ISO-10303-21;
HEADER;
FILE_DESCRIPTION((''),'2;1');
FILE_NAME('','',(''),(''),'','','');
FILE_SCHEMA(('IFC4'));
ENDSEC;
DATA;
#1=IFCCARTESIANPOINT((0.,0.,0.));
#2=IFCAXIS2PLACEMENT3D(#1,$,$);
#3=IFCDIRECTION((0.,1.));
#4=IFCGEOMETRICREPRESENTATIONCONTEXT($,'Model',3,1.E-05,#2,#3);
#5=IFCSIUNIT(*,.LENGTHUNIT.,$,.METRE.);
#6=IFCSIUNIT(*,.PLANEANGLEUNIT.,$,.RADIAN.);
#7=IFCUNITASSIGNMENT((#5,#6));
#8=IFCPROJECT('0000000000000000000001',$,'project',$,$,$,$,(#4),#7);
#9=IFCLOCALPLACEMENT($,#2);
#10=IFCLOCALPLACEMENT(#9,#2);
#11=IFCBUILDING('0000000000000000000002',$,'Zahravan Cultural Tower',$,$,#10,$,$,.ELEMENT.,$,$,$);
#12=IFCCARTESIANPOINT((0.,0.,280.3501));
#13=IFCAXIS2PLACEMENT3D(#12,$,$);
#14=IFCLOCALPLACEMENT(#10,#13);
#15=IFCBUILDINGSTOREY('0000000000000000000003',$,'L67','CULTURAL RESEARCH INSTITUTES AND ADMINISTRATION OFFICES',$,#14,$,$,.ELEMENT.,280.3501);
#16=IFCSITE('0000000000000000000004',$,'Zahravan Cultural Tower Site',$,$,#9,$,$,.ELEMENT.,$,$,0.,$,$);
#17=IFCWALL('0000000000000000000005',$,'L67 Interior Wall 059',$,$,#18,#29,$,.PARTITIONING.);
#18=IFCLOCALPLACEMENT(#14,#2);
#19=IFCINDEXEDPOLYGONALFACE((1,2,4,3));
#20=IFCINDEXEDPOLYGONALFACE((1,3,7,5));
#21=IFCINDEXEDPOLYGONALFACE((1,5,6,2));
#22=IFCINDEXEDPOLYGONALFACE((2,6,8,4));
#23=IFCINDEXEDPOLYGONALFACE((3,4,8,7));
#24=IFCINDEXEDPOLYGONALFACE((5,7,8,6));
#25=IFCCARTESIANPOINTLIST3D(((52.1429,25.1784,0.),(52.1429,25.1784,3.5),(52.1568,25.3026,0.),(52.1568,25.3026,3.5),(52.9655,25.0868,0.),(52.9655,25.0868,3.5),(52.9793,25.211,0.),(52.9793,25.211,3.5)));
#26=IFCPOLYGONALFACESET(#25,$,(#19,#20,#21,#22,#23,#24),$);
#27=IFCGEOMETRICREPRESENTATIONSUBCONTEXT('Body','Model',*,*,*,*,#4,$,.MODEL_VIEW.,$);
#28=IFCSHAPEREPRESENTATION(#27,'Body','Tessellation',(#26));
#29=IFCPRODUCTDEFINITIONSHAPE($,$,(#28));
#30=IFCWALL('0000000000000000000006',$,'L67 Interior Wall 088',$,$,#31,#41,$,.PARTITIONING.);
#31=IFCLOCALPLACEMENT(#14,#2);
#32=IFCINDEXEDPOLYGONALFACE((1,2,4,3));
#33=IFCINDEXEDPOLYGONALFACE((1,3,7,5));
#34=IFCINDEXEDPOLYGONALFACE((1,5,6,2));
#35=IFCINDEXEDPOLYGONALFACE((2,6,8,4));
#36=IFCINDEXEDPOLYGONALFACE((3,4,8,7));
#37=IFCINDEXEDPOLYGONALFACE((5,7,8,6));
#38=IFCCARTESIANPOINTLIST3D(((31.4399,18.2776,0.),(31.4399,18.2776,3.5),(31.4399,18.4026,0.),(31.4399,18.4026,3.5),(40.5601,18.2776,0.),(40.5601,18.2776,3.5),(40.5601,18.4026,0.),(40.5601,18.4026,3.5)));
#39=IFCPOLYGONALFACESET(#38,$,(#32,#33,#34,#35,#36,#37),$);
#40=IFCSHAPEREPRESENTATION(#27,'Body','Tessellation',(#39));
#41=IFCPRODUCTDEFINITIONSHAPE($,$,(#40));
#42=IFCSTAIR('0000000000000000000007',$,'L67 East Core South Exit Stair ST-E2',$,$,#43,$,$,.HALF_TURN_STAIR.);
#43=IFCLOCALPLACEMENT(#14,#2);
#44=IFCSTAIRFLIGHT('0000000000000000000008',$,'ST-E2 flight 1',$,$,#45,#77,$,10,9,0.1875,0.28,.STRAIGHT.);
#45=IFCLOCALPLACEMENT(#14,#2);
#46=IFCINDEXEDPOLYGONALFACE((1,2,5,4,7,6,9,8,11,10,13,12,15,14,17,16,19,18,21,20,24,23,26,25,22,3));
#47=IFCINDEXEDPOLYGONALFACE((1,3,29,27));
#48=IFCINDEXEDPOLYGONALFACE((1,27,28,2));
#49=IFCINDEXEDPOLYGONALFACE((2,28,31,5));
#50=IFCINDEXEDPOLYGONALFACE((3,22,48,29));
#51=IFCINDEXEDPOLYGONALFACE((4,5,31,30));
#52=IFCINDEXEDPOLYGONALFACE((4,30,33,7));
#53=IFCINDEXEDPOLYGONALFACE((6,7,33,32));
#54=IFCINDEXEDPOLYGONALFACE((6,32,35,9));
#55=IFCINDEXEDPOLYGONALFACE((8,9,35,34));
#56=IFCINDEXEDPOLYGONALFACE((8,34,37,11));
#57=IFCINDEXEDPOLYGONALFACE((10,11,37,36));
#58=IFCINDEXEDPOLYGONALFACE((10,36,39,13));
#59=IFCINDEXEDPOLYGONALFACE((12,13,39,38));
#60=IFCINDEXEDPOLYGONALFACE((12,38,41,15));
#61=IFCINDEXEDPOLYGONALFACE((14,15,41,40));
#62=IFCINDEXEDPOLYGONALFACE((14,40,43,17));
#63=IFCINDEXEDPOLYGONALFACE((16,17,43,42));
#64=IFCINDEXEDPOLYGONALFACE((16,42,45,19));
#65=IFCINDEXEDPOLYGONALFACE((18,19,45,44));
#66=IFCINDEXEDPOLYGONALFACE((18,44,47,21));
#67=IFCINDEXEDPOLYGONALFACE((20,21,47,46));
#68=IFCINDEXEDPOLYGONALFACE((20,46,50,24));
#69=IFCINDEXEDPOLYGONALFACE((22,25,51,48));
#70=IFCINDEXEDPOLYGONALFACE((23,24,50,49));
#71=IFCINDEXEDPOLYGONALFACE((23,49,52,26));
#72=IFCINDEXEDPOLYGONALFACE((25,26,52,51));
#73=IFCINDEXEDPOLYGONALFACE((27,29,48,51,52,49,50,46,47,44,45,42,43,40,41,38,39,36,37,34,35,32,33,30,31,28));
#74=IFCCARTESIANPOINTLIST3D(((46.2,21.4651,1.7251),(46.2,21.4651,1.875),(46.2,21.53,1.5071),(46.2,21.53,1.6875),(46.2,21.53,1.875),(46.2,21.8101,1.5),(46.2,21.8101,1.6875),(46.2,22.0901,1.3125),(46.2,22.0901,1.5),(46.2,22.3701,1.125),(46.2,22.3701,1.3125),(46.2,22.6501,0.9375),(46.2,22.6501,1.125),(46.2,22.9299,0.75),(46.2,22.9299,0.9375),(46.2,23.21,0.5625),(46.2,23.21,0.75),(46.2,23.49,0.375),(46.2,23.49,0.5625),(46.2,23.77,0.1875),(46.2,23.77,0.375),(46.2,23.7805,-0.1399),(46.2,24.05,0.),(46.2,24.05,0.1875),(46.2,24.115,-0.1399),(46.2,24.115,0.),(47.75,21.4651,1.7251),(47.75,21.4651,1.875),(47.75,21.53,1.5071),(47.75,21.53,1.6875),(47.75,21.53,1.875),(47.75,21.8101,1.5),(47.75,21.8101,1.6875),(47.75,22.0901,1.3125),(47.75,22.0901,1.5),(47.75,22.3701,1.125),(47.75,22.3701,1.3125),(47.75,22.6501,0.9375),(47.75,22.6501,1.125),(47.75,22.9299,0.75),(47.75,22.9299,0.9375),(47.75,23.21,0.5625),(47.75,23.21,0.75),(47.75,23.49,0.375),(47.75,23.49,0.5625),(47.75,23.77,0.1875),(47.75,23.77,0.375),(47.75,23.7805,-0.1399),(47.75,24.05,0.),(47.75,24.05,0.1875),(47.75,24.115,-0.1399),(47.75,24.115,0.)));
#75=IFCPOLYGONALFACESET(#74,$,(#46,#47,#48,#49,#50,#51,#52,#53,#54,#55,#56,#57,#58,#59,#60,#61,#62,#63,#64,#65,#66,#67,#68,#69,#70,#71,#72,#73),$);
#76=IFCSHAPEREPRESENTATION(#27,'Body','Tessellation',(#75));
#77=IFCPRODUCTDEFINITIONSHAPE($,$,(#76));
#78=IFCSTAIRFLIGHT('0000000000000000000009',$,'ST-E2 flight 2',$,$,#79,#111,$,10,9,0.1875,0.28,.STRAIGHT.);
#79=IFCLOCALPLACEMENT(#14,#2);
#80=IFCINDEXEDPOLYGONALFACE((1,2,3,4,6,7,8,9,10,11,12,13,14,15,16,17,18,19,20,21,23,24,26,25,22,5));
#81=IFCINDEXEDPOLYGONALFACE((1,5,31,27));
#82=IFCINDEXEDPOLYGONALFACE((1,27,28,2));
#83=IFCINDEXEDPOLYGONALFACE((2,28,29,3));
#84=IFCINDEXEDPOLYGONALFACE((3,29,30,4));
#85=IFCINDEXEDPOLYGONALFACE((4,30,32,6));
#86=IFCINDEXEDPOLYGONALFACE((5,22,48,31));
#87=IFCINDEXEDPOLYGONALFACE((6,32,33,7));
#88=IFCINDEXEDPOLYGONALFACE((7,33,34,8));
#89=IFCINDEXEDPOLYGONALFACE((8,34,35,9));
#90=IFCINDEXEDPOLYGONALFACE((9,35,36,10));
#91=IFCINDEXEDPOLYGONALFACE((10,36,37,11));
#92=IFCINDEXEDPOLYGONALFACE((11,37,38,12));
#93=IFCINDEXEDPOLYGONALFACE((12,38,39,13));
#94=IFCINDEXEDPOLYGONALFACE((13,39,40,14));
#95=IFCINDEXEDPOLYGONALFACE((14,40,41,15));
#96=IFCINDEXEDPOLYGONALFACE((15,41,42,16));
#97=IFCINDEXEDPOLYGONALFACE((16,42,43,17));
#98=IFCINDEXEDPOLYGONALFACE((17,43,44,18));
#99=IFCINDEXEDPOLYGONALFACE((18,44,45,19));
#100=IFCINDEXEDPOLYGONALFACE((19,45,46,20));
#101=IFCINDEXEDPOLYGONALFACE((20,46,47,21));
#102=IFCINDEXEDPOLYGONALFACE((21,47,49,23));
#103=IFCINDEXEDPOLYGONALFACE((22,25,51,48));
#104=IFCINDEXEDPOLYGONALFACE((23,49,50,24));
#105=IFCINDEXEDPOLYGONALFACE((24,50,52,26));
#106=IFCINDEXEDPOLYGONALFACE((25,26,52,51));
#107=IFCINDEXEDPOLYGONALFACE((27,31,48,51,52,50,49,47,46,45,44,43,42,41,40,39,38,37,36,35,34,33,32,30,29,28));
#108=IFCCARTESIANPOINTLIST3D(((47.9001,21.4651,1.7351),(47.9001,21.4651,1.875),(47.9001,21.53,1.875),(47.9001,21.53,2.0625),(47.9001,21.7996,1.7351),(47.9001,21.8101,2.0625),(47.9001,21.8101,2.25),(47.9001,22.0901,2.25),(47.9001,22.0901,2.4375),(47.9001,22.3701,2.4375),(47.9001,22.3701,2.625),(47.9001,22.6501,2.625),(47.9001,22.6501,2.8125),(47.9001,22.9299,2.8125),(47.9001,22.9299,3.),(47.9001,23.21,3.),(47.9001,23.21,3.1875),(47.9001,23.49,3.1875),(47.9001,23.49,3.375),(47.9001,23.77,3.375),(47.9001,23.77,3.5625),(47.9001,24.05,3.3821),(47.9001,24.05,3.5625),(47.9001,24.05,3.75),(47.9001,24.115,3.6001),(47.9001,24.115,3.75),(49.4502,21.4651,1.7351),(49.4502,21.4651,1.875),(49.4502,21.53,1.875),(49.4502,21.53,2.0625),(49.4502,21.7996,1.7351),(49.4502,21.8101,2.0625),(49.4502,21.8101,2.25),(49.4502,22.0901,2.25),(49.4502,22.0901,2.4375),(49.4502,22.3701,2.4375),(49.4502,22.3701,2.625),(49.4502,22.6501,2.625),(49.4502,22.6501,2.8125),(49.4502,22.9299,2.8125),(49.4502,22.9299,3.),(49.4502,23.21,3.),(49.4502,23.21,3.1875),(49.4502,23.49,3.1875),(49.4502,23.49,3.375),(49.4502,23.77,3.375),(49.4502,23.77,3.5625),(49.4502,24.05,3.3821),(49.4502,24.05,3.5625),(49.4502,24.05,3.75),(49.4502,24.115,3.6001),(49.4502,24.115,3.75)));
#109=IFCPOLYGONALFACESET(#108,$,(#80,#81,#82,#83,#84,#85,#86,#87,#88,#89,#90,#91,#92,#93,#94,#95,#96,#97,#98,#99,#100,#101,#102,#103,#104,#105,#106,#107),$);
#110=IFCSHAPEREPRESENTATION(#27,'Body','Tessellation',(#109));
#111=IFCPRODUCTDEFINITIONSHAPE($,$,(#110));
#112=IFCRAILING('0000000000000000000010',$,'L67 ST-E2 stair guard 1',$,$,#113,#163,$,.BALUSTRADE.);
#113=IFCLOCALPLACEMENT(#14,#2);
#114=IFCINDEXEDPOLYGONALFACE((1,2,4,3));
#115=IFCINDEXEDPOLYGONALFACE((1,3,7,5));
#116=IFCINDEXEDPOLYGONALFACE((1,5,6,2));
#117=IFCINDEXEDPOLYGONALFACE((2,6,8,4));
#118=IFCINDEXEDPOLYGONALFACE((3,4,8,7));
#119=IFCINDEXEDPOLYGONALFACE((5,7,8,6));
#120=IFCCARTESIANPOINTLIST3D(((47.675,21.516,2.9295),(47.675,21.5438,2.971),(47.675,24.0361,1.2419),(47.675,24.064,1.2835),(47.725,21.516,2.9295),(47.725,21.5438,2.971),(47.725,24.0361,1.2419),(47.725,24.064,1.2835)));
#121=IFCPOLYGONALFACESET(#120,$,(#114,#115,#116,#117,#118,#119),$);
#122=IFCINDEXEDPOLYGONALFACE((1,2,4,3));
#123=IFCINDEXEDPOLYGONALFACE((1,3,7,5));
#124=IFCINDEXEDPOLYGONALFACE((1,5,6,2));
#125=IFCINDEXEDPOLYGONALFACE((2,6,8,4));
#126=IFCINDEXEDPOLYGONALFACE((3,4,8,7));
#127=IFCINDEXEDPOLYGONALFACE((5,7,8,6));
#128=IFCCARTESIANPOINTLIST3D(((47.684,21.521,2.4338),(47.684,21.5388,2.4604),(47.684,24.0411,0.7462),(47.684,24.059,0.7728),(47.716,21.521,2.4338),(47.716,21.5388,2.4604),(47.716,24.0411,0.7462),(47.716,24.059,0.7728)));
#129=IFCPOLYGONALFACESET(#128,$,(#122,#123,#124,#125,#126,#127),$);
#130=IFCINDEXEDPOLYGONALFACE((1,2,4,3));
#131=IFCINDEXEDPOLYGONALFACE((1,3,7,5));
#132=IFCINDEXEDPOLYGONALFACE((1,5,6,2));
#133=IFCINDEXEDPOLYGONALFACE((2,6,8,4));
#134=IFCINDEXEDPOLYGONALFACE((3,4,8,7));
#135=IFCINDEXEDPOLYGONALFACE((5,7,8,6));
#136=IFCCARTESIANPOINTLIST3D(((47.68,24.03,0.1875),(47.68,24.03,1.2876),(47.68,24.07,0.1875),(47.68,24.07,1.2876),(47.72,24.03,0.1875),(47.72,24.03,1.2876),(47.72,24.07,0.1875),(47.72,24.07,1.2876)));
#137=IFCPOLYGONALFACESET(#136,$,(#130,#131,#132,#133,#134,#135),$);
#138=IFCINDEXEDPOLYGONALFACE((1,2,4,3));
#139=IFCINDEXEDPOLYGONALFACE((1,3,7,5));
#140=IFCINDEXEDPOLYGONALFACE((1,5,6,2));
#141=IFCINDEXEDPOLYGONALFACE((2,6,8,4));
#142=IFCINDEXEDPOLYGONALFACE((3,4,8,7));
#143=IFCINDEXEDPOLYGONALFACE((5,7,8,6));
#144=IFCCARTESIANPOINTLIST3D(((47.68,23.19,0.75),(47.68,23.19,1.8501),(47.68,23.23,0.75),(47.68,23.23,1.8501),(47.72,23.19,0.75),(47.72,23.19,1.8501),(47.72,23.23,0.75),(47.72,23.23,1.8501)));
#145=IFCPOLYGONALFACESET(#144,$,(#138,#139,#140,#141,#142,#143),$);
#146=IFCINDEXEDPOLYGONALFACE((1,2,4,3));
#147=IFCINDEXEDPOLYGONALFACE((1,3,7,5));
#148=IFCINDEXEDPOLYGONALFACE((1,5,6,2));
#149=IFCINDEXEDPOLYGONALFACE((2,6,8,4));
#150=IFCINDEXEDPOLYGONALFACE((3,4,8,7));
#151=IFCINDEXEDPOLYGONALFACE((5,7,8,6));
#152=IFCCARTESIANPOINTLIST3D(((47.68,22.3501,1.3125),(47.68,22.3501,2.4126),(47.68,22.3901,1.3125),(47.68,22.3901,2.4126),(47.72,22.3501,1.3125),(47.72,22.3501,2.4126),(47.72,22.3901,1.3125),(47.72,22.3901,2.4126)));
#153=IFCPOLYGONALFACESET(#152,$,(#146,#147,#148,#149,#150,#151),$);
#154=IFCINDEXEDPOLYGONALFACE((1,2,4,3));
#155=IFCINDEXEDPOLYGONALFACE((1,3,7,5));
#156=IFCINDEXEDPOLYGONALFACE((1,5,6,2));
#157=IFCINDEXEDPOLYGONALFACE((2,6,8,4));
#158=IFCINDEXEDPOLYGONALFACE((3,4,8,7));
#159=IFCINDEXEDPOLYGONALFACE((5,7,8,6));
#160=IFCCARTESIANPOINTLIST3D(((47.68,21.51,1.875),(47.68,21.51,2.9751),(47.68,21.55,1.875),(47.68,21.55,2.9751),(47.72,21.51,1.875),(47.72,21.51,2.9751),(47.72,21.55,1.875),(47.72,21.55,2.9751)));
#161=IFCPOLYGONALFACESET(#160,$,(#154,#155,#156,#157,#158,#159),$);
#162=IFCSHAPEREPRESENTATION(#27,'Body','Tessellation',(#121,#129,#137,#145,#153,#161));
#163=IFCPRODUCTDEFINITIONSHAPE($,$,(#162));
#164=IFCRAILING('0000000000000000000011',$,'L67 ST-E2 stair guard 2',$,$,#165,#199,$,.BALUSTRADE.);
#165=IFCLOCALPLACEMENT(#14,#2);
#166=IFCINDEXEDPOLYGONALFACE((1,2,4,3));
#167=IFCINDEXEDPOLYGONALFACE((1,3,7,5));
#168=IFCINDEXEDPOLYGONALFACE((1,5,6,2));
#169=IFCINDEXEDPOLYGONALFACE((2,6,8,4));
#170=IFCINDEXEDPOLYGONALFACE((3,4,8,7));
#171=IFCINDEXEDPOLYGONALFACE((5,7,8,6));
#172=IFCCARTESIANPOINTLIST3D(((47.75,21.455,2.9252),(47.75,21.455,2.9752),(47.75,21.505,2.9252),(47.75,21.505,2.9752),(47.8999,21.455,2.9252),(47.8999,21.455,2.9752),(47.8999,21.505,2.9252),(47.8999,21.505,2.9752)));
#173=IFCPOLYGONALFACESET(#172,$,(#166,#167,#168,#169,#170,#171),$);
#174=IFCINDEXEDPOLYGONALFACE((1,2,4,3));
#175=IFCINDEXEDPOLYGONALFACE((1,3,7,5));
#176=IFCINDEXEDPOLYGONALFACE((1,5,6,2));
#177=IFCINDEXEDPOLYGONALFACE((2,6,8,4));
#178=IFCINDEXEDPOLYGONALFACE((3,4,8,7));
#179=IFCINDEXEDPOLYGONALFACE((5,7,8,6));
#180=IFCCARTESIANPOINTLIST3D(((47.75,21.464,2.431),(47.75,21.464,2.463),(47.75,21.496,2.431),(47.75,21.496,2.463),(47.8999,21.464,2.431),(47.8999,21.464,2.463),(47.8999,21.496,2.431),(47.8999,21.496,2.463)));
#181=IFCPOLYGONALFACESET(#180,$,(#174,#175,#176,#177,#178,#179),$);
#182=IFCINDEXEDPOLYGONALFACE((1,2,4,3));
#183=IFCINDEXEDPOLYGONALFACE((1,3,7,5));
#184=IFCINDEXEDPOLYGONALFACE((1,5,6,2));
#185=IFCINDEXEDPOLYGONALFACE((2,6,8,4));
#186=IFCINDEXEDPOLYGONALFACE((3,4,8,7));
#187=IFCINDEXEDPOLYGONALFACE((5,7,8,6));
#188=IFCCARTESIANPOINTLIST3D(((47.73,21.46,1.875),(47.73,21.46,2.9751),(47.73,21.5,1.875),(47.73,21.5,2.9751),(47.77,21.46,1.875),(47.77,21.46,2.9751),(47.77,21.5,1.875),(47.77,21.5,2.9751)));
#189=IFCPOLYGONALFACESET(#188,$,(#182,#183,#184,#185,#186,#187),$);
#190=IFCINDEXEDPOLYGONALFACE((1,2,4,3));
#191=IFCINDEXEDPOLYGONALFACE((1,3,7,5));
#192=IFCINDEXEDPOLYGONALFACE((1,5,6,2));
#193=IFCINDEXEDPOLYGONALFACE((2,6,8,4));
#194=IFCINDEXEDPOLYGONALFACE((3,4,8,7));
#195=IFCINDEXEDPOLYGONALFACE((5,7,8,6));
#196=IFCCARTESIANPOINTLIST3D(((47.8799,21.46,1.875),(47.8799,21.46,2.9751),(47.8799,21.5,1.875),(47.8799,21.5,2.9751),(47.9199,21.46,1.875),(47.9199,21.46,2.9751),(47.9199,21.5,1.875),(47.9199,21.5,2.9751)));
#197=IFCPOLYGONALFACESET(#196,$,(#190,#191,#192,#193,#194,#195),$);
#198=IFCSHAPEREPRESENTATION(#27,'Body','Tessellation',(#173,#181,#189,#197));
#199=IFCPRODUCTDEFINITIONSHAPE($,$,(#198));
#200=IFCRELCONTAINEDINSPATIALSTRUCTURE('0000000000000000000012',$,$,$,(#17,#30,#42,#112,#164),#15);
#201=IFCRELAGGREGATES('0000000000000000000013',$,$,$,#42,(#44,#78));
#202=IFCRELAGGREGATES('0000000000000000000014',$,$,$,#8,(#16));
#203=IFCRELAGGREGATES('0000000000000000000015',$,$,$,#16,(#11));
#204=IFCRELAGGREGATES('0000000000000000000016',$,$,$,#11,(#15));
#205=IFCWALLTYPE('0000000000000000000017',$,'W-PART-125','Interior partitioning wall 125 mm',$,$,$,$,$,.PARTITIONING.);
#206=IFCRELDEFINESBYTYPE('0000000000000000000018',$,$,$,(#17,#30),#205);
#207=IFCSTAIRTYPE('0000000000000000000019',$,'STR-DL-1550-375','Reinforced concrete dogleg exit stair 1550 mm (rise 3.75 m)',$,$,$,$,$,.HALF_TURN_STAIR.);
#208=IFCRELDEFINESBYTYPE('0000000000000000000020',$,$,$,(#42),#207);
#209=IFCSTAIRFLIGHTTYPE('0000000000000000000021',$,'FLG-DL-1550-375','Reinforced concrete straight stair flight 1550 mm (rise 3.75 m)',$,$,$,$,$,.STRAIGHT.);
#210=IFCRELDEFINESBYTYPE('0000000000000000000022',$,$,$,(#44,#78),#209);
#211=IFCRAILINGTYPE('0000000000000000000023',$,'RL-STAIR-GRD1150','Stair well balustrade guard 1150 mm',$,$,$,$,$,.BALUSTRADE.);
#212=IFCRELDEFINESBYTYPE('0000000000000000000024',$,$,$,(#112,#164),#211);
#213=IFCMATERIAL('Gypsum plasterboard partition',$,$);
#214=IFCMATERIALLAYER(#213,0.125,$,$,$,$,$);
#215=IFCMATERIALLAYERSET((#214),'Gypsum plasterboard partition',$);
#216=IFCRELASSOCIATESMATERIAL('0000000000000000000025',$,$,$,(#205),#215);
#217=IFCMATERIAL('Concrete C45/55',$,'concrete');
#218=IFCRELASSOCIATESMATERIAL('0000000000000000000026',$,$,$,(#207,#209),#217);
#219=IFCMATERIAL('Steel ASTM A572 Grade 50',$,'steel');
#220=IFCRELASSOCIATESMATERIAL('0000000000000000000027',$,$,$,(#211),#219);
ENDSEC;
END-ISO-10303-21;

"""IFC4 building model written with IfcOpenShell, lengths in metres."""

from ifc_helpers import new_model, si_unit, direction, frame, frame_2d, origin, origin_2d, place, context, subcontext, project, spatial, polyline, rectangle, outline, extrude, source, transform, mapped, material, layer, layer_set, type_object, element, aggregate, save


model = new_model("IFC4")

# Units and contexts
model_context = context("Model", 3, precision=1e-05, world=origin(), true_north=direction((0.0, 1.0)))
body_context = subcontext(model_context, "Body", "Model", "MODEL_VIEW")
ifc_project = project(units=[si_unit("LENGTHUNIT", "METRE"), si_unit("PLANEANGLEUNIT", "RADIAN")], contexts=[model_context])

# Site, building, storey
site_placement = place(None, origin())
site = spatial("IfcSite", under=ifc_project, at=site_placement, Name="Zahravan Cultural Tower Site", CompositionType="ELEMENT", RefElevation=0.0)
building_placement = place(site_placement, origin())
building = spatial("IfcBuilding", under=site, at=building_placement, Name="Zahravan Cultural Tower", CompositionType="ELEMENT")
storey_placement = place(building_placement, frame((0.0, 0.0, 280.3501)))
storey = spatial("IfcBuildingStorey", under=building, at=storey_placement, Name="L67", Description="CULTURAL RESEARCH INSTITUTES AND ADMINISTRATION OFFICES", CompositionType="ELEMENT", Elevation=280.3501)

# Shared definitions
ifc_material_1 = material(Name="Gypsum plasterboard partition")
ifc_layer_1 = layer(ifc_material_1, 0.125)
ifc_layer_set_1 = layer_set([ifc_layer_1], Name="Gypsum plasterboard partition")
wall_type_1 = type_object("IfcWallType", Name="W-PART-125", Description="Interior partitioning wall 125 mm", PredefinedType="PARTITIONING", material=ifc_layer_set_1)

# Walls
ifc_material_2 = material(Name="Concrete C45/55", Category="concrete")
shared_shape_1 = source(origin(), body_context, "Body", "SweptSolid", [
    extrude(rectangle(XDim=0.8276, YDim=0.125, at=frame_2d((0.4138, 0.0))), origin(), (0.0, 0.0, 1.0), 3.5),
])
wall_1_placement = place(storey_placement, frame((52.9724, 25.1489, 0.0), z_axis=(0.0, 0.0, 1.0), x_axis=(-0.993862, 0.110626, 0.0)))
element("IfcWall", 1, at=wall_1_placement, inside=storey, type_object=wall_type_1, Name="L67 Interior Wall 059", PredefinedType="PARTITIONING", context=body_context, shape_type="MappedRepresentation", body=[
    mapped(shared_shape_1, transform((0.0, 0.0, 0.0), x_axis=(1.0, 0.0, 0.0), y_axis=(0.0, 1.0, 0.0), z_axis=(0.0, 0.0, 1.0), scale=1.0)),
])
shared_shape_2 = source(origin(), body_context, "Body", "SweptSolid", [
    extrude(rectangle(XDim=9.1201, YDim=0.125, at=frame_2d((4.5601, 0.0))), origin(), (0.0, 0.0, 1.0), 3.5),
])
wall_2_placement = place(storey_placement, frame((40.5601, 18.3401, 0.0), z_axis=(0.0, 0.0, 1.0), x_axis=(-1.0, 0.0, 0.0)))
element("IfcWall", 2, at=wall_2_placement, inside=storey, type_object=wall_type_1, Name="L67 Interior Wall 088", PredefinedType="PARTITIONING", context=body_context, shape_type="MappedRepresentation", body=[
    mapped(shared_shape_2, transform((0.0, 0.0, 0.0), x_axis=(1.0, 0.0, 0.0), y_axis=(0.0, 1.0, 0.0), z_axis=(0.0, 0.0, 1.0), scale=1.0)),
])

# Stair, stair flights
stair_type = type_object("IfcStairType", Name="STR-DL-1550-375", Description="Reinforced concrete dogleg exit stair 1550 mm (rise 3.75 m)", PredefinedType="HALF_TURN_STAIR", material=ifc_material_2)
stair_placement = place(storey_placement, origin())
stair = element("IfcStair", 3, at=stair_placement, inside=storey, type_object=stair_type, Name="L67 East Core South Exit Stair ST-E2", PredefinedType="HALF_TURN_STAIR")
stair_flight_type = type_object("IfcStairFlightType", Name="FLG-DL-1550-375", Description="Reinforced concrete straight stair flight 1550 mm (rise 3.75 m)", PredefinedType="STRAIGHT", material=ifc_material_2)
stair_flight_1_placement = place(storey_placement, frame((46.9751, 24.05, 0.0), z_axis=(0.0, 0.0, 1.0), x_axis=(0.0, -1.0, 0.0)))
stair_flight_1 = element("IfcStairFlight", 4, at=stair_flight_1_placement, type_object=stair_flight_type, Name="ST-E2 flight 1", NumberOfRisers=10, NumberOfTreads=9, PredefinedType="STRAIGHT", RiserHeight=0.1875, TreadLength=0.28, context=body_context, shape_type="SweptSolid", body=[
    extrude(outline(polyline([(-0.0649, -0.1399), (-0.0649, 0.0), (0.0, 0.0), (0.0, 0.1875), (0.28, 0.1875), (0.28, 0.375), (0.5601, 0.375), (0.5601, 0.5625), (0.8401, 0.5625), (0.8401, 0.75), (1.1201, 0.75), (1.1201, 0.9375), (1.3999, 0.9375), (1.3999, 1.125), (1.6799, 1.125), (1.6799, 1.3125), (1.96, 1.3125), (1.96, 1.5), (2.24, 1.5), (2.24, 1.6875), (2.52, 1.6875), (2.52, 1.875), (2.585, 1.875), (2.585, 1.7251), (2.52, 1.5071), (0.2695, -0.1399), (-0.0649, -0.1399)])), frame((0.0, 0.7749, 0.0), z_axis=(0.0, -1.0, 0.0), x_axis=(1.0, 0.0, 0.0)), (0.0, 0.0, 1.0), 1.55),
])
stair_flight_2_placement = place(storey_placement, frame((48.675, 21.53, 1.875), z_axis=(0.0, 0.0, 1.0), x_axis=(0.0, 1.0, 0.0)))
stair_flight_2 = element("IfcStairFlight", 5, at=stair_flight_2_placement, type_object=stair_flight_type, Name="ST-E2 flight 2", NumberOfRisers=10, NumberOfTreads=9, PredefinedType="STRAIGHT", RiserHeight=0.1875, TreadLength=0.28, context=body_context, shape_type="SweptSolid", body=[
    extrude(outline(polyline([(-0.0649, -0.1399), (-0.0649, 0.0), (0.0, 0.0), (0.0, 0.1875), (0.28, 0.1875), (0.28, 0.375), (0.5601, 0.375), (0.5601, 0.5625), (0.8401, 0.5625), (0.8401, 0.75), (1.1201, 0.75), (1.1201, 0.9375), (1.3999, 0.9375), (1.3999, 1.125), (1.6799, 1.125), (1.6799, 1.3125), (1.96, 1.3125), (1.96, 1.5), (2.24, 1.5), (2.24, 1.6875), (2.52, 1.6875), (2.52, 1.875), (2.585, 1.875), (2.585, 1.7251), (2.52, 1.5071), (0.2695, -0.1399), (-0.0649, -0.1399)])), frame((0.0, 0.7749, 0.0), z_axis=(0.0, -1.0, 0.0), x_axis=(1.0, 0.0, 0.0)), (0.0, 0.0, 1.0), 1.55),
])
aggregate(stair, [stair_flight_1, stair_flight_2])

# Railings
ifc_material_3 = material(Name="Steel ASTM A572 Grade 50", Category="steel")
railing_type_1 = type_object("IfcRailingType", Name="RL-STAIR-GRD1150", Description="Stair well balustrade guard 1150 mm", PredefinedType="BALUSTRADE", material=ifc_material_3)
railing_1_placement = place(storey_placement, frame((47.7, 24.05, 0.1875)))
element("IfcRailing", 6, at=railing_1_placement, inside=storey, type_object=railing_type_1, Name="L67 ST-E2 stair guard 1", PredefinedType="BALUSTRADE", context=body_context, shape_type="SweptSolid", body=[
    extrude(rectangle(XDim=0.05, YDim=0.05, at=origin_2d()), frame((0.0, 0.0, 1.0752), z_axis=(0.0, -0.830909, 0.556408), x_axis=(1.0, 0.0, 0.0)), (0.0, 0.0, 1.0), 3.033),
    extrude(rectangle(XDim=0.032, YDim=0.032, at=origin_2d()), frame((0.0, 0.0, 0.572), z_axis=(0.0, -0.830909, 0.556408), x_axis=(1.0, 0.0, 0.0)), (0.0, 0.0, 1.0), 3.033),
    extrude(rectangle(XDim=0.04, YDim=0.04, at=origin_2d()), origin(), (0.0, 0.0, 1.0), 1.1001),
    extrude(rectangle(XDim=0.04, YDim=0.04, at=origin_2d()), frame((0.0, -0.8401, 0.5625)), (0.0, 0.0, 1.0), 1.1001),
    extrude(rectangle(XDim=0.04, YDim=0.04, at=origin_2d()), frame((0.0, -1.6799, 1.125)), (0.0, 0.0, 1.0), 1.1001),
    extrude(rectangle(XDim=0.04, YDim=0.04, at=origin_2d()), frame((0.0, -2.52, 1.6875)), (0.0, 0.0, 1.0), 1.1001),
])
railing_2_placement = place(storey_placement, frame((47.75, 21.48, 1.875)))
element("IfcRailing", 7, at=railing_2_placement, inside=storey, type_object=railing_type_1, Name="L67 ST-E2 stair guard 2", PredefinedType="BALUSTRADE", context=body_context, shape_type="SweptSolid", body=[
    extrude(rectangle(XDim=0.05, YDim=0.05, at=origin_2d()), frame((0.0, 0.0, 1.0752), z_axis=(1.0, 0.0, 0.0), x_axis=(0.0, 1.0, 0.0)), (0.0, 0.0, 1.0), 0.1499),
    extrude(rectangle(XDim=0.032, YDim=0.032, at=origin_2d()), frame((0.0, 0.0, 0.572), z_axis=(1.0, 0.0, 0.0), x_axis=(0.0, 1.0, 0.0)), (0.0, 0.0, 1.0), 0.1499),
    extrude(rectangle(XDim=0.04, YDim=0.04, at=origin_2d()), origin(), (0.0, 0.0, 1.0), 1.1001),
    extrude(rectangle(XDim=0.04, YDim=0.04, at=origin_2d()), frame((0.1499, 0.0, 0.0)), (0.0, 0.0, 1.0), 1.1001),
])

save(model, "model.ifc")
